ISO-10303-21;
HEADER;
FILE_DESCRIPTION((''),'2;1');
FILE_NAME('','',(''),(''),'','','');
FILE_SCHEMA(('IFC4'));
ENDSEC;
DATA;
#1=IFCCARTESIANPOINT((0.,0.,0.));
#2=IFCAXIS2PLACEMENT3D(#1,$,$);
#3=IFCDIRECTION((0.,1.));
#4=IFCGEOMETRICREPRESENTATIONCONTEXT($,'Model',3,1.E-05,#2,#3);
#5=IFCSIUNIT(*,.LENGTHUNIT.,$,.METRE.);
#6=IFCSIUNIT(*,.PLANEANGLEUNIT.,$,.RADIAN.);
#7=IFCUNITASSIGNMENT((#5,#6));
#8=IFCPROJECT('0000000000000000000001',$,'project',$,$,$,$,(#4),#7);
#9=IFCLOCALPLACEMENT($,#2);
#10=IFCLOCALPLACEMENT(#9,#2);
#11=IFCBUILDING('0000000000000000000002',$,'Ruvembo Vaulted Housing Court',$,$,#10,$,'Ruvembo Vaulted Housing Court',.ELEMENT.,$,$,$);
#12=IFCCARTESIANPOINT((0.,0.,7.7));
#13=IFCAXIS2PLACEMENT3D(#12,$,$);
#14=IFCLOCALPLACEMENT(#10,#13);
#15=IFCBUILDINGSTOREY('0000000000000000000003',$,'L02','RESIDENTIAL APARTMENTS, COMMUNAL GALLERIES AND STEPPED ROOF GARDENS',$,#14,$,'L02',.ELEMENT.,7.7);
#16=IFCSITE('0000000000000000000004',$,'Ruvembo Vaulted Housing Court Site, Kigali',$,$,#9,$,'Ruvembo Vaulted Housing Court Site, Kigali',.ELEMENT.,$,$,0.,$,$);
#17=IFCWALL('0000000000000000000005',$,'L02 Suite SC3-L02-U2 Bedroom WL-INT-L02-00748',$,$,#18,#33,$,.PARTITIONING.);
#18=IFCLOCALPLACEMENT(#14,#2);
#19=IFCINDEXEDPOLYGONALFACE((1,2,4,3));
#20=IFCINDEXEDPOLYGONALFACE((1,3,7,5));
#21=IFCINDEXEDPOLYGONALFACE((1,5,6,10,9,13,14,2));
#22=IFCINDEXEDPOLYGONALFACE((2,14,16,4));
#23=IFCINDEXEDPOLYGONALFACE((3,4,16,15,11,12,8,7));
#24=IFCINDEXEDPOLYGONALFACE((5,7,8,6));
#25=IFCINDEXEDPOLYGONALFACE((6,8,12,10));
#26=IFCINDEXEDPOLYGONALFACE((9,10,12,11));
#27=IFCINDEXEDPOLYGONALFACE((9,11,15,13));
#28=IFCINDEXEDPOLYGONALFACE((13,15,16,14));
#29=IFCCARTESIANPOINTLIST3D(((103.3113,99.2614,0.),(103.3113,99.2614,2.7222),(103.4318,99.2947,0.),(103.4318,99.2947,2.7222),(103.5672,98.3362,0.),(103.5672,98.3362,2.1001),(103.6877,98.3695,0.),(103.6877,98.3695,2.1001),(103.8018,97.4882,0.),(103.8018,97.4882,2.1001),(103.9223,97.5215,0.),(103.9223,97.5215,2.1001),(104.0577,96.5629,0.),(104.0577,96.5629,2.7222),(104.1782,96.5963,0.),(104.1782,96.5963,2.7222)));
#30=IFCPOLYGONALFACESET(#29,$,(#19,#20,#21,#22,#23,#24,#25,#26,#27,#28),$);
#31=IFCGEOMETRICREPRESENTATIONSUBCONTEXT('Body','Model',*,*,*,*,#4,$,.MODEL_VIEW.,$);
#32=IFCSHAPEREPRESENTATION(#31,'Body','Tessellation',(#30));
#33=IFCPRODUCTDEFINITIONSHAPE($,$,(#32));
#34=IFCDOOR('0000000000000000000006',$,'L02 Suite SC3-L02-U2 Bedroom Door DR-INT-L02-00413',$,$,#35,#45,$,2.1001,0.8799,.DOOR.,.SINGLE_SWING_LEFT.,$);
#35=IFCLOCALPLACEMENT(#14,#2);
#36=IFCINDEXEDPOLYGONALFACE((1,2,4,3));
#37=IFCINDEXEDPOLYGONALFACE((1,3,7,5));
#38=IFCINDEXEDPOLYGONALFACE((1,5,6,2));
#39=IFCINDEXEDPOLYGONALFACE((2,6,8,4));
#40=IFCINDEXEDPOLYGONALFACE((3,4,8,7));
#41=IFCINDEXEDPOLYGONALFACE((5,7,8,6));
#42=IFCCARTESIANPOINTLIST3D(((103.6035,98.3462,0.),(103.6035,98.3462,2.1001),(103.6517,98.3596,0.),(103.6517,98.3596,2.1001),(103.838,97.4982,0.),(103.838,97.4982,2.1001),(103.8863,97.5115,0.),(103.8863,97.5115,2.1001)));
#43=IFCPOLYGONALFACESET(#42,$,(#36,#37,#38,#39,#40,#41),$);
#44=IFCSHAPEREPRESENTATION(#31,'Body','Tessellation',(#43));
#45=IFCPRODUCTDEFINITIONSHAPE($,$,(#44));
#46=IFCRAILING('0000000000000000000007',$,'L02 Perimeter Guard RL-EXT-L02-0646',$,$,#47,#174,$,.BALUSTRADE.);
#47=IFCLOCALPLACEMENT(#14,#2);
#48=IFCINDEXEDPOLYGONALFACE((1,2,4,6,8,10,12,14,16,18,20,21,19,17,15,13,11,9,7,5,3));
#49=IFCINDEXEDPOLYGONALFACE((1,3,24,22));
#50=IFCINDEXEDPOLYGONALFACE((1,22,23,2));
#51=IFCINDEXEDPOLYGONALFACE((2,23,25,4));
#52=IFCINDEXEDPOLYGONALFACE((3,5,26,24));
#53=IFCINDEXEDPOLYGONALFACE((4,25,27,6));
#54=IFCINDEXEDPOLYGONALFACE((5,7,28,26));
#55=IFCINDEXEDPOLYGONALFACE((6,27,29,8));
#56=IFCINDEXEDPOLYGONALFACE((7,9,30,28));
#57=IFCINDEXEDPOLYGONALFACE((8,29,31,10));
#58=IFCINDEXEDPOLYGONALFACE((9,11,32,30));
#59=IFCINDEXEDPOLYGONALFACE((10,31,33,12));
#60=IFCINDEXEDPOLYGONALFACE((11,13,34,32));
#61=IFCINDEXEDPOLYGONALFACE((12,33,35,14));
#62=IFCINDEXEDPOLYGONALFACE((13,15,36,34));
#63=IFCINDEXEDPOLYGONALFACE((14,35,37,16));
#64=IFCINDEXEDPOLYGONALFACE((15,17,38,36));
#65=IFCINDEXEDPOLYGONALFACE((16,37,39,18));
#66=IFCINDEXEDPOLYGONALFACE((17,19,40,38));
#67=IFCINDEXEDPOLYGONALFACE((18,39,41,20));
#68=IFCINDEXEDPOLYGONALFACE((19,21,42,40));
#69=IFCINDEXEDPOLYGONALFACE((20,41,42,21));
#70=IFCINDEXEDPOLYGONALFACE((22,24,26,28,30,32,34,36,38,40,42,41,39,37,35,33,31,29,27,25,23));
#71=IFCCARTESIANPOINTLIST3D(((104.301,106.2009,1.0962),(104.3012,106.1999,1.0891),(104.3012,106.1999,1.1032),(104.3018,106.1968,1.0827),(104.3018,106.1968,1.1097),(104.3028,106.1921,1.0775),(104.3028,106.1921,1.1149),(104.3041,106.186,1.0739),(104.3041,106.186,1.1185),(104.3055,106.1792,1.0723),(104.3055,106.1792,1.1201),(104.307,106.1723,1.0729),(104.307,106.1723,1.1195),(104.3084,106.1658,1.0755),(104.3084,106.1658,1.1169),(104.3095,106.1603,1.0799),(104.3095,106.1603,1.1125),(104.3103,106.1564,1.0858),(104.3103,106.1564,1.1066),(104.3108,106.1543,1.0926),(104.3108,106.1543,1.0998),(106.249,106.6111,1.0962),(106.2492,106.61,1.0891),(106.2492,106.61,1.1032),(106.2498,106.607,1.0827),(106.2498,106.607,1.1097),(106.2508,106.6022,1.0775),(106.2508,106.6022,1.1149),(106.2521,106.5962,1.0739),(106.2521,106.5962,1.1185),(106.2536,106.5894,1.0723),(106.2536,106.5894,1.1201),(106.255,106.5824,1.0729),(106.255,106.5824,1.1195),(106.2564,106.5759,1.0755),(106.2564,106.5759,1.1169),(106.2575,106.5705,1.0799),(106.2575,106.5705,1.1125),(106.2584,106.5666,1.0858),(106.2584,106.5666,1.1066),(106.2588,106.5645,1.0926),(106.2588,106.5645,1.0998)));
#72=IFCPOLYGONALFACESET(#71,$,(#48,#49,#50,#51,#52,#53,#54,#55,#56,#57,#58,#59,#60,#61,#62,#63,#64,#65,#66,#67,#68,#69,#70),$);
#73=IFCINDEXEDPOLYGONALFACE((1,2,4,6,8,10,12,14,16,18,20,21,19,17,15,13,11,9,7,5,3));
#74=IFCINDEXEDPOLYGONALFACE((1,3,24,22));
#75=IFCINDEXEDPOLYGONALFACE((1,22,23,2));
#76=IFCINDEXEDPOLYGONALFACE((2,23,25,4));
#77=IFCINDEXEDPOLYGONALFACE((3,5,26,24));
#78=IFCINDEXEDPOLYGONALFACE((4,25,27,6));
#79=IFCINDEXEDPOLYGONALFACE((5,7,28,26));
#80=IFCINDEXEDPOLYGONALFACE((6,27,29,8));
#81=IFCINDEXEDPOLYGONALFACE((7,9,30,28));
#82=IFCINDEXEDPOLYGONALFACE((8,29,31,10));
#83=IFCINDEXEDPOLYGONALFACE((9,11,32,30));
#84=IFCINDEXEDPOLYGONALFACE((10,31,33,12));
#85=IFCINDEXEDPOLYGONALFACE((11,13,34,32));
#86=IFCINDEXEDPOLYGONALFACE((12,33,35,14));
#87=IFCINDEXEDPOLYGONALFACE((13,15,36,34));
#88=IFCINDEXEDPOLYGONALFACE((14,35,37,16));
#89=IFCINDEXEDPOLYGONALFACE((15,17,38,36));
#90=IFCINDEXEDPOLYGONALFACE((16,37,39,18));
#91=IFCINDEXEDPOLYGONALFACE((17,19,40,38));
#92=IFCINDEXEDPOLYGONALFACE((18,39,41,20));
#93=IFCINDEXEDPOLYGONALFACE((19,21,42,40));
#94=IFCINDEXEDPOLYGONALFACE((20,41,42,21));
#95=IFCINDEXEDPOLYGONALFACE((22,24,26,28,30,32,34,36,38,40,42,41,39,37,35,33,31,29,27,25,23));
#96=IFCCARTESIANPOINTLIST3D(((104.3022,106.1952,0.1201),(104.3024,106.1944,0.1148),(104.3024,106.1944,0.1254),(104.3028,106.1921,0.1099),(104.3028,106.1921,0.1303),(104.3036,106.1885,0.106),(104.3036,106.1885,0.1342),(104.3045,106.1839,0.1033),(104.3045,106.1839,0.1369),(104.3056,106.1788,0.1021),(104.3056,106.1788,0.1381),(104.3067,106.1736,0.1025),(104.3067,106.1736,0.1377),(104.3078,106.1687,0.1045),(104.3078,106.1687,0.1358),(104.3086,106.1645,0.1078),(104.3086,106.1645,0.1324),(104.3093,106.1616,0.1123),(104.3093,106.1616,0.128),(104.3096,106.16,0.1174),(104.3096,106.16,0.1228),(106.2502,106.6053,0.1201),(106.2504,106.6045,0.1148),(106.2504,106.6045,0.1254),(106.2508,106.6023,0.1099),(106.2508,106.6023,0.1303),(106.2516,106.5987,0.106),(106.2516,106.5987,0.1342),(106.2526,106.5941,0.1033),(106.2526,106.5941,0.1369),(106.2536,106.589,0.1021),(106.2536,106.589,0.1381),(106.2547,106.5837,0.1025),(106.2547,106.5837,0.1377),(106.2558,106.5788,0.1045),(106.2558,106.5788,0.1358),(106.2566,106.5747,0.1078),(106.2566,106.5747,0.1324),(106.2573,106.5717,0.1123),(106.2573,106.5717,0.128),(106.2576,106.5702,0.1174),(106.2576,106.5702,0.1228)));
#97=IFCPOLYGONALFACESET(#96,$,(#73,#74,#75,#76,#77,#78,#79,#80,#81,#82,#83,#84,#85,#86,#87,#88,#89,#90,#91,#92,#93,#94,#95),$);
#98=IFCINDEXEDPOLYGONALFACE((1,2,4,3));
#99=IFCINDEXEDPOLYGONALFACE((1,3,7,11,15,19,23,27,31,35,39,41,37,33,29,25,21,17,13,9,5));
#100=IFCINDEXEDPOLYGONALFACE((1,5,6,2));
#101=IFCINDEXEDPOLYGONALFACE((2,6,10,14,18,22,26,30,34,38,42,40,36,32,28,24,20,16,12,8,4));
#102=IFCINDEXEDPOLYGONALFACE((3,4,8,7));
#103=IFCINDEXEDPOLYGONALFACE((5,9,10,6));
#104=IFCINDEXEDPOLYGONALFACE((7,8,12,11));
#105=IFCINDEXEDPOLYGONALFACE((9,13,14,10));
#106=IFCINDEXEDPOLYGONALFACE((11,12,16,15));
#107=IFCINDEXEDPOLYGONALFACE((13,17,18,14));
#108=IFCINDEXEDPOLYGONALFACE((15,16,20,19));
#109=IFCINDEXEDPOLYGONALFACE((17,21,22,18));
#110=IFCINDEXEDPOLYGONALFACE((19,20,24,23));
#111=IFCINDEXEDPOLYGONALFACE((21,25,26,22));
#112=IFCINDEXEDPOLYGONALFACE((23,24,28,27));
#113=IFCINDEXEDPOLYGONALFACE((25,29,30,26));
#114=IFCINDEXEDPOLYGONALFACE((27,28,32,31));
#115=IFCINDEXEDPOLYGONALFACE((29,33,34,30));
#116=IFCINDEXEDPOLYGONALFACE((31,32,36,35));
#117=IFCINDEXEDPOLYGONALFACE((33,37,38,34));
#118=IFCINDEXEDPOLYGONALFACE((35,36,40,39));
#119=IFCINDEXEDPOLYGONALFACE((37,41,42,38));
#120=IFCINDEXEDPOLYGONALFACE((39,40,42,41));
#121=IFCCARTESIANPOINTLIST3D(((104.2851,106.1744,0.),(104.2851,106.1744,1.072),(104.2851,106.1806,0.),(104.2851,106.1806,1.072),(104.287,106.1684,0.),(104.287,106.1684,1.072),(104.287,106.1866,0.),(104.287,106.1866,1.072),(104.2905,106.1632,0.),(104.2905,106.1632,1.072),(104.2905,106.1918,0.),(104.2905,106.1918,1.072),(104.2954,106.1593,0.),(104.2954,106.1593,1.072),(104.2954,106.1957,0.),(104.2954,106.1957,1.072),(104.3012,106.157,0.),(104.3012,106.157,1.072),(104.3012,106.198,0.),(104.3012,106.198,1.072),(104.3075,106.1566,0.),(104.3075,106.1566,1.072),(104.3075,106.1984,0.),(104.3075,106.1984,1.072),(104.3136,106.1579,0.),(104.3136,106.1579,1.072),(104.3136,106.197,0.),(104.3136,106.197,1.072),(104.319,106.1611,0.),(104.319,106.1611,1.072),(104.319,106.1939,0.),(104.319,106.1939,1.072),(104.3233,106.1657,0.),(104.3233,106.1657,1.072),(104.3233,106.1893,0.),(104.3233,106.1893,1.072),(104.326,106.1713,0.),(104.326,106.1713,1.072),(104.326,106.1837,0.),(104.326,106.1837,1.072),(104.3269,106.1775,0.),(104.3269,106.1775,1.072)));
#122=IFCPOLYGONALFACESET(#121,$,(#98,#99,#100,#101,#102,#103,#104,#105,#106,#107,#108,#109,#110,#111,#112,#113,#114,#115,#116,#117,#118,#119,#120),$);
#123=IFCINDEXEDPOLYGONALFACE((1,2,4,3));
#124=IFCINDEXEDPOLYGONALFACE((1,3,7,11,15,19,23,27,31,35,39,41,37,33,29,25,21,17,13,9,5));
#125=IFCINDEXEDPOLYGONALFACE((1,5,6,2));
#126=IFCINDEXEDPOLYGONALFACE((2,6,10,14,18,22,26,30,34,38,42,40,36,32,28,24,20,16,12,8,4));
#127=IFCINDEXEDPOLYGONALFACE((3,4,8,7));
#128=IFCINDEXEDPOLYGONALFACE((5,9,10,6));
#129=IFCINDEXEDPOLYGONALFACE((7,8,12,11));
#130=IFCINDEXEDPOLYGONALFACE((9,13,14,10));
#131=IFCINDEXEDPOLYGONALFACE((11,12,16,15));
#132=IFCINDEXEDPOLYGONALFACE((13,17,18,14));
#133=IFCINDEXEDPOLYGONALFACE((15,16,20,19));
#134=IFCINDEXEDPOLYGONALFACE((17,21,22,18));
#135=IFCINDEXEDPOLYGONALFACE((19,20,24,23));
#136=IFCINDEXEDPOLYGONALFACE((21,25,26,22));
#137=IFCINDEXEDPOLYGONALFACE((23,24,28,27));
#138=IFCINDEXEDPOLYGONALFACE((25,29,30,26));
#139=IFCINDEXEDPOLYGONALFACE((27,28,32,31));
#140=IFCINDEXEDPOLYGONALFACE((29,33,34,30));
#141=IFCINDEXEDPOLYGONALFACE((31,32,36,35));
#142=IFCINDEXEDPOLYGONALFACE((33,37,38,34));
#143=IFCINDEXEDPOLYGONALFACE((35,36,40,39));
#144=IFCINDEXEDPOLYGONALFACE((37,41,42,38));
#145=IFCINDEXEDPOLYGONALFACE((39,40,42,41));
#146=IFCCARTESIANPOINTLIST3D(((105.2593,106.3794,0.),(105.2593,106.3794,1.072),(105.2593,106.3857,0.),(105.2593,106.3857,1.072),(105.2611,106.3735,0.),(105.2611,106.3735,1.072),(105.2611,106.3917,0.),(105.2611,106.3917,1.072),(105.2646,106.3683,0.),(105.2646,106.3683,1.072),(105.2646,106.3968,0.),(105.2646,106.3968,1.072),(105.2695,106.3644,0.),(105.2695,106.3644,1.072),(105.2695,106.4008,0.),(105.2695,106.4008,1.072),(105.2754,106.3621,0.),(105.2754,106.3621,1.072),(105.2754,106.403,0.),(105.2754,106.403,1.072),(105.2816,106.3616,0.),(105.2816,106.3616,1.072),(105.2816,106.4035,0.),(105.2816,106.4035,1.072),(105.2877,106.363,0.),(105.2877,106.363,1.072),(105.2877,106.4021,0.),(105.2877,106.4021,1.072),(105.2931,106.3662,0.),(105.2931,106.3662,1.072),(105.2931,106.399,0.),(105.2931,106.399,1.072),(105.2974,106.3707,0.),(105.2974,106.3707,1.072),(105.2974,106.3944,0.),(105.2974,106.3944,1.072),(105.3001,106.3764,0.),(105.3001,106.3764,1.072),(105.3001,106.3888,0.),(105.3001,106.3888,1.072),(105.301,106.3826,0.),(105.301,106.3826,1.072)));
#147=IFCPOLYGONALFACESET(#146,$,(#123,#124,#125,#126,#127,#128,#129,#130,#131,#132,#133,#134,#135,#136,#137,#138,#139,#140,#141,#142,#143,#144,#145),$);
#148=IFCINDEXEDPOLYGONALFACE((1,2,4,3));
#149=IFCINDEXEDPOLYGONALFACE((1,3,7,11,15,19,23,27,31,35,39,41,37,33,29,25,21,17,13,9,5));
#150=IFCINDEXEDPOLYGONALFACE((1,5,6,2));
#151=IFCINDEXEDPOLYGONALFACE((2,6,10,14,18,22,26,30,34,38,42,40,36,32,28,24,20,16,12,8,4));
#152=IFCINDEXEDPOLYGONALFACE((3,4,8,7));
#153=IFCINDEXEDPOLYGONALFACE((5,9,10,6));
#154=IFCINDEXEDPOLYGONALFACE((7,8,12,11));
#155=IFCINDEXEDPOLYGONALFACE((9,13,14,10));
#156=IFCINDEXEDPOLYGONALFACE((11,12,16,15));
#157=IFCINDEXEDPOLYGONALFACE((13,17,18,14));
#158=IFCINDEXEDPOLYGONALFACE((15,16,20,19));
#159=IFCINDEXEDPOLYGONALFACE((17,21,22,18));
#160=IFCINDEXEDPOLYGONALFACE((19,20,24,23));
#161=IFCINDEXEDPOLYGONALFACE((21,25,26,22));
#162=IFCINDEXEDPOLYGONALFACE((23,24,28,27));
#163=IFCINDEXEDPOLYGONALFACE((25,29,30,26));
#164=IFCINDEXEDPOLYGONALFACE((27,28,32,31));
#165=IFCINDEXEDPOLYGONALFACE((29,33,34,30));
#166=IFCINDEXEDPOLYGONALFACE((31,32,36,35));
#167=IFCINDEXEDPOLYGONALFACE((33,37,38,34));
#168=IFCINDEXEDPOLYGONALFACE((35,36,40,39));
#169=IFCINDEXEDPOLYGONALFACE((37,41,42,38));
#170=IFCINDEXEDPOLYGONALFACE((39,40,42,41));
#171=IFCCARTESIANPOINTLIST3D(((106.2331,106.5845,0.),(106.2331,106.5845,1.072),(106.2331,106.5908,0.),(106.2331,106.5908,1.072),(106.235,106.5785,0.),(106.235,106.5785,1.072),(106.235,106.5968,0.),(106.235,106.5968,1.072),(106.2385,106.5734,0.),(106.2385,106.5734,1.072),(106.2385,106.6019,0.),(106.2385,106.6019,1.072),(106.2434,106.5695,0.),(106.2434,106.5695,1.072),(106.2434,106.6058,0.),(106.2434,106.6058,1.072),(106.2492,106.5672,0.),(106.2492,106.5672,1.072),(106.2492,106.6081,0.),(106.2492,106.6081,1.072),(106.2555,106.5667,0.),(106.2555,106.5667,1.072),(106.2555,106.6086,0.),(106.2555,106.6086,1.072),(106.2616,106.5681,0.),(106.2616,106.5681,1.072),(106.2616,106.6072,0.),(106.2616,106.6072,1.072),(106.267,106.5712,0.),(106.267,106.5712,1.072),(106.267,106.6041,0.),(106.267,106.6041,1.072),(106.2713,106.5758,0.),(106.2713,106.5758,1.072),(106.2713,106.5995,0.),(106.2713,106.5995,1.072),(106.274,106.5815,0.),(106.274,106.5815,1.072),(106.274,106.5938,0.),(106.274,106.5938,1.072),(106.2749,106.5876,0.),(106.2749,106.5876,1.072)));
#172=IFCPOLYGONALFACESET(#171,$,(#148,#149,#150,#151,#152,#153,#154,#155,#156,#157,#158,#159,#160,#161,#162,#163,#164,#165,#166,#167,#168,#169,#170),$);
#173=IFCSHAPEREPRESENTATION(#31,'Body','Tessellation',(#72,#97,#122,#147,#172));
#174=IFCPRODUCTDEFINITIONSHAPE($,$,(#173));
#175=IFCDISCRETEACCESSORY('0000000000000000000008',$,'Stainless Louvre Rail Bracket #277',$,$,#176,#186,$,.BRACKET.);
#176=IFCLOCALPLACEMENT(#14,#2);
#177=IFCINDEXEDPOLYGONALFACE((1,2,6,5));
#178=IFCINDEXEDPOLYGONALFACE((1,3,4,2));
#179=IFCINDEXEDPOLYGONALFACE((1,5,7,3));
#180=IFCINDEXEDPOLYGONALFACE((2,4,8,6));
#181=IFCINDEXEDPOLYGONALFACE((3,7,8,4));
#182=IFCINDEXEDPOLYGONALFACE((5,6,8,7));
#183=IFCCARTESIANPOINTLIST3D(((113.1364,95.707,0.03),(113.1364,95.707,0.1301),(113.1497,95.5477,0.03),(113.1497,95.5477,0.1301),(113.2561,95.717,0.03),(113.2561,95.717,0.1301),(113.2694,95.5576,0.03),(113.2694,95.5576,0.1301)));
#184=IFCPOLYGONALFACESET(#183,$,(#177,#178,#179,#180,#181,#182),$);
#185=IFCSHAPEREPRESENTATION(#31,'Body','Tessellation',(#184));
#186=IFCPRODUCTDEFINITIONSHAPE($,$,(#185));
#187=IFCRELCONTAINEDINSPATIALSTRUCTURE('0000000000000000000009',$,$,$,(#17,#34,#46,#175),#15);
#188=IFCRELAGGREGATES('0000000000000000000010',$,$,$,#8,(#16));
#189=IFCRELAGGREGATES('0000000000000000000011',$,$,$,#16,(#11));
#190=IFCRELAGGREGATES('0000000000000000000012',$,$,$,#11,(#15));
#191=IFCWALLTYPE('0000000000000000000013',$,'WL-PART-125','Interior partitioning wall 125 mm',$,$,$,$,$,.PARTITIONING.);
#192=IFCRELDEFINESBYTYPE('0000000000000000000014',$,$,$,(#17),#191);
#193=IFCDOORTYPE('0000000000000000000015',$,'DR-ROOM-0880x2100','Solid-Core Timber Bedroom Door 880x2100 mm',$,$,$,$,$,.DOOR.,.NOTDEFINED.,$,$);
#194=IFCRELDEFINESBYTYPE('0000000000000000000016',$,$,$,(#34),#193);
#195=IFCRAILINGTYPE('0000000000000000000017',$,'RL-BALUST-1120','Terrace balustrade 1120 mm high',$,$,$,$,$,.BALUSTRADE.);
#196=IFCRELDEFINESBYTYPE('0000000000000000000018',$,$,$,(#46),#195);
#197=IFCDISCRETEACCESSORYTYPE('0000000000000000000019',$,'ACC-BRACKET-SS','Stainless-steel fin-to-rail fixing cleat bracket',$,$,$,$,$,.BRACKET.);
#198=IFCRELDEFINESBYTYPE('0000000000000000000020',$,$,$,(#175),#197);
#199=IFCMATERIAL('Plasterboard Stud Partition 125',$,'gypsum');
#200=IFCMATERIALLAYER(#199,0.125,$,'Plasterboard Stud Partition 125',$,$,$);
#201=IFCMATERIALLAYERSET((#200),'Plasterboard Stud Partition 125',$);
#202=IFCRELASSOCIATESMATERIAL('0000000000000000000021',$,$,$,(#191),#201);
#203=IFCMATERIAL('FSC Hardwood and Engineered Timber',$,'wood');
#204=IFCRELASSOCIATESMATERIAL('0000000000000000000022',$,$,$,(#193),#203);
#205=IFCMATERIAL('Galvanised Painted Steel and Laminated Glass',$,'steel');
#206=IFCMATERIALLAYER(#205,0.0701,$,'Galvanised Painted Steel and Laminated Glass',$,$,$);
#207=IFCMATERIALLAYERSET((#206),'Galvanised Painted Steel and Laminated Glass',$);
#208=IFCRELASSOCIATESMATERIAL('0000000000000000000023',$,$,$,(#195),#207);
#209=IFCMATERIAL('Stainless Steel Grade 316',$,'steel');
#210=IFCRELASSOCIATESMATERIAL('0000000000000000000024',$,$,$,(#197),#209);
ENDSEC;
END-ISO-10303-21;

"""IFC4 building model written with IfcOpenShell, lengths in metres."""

from ifc_helpers import new_model, si_unit, direction, frame, frame_2d, origin, origin_2d, place, context, subcontext, project, spatial, rectangle, circle, extrude, material, layer, layer_set, type_object, element, fill, save


model = new_model("IFC4")

# Units and contexts
model_context = context("Model", 3, precision=1e-05, world=origin(), true_north=direction((0.0, 1.0)))
body_context = subcontext(model_context, "Body", "Model", "MODEL_VIEW")
ifc_project = project(units=[si_unit("LENGTHUNIT", "METRE"), si_unit("PLANEANGLEUNIT", "RADIAN")], contexts=[model_context])

# Site, building, storey
site_placement = place(None, origin())
site = spatial("IfcSite", under=ifc_project, at=site_placement, Name="Ruvembo Vaulted Housing Court Site, Kigali", LongName="Ruvembo Vaulted Housing Court Site, Kigali", CompositionType="ELEMENT", RefElevation=0.0)
building_placement = place(site_placement, origin())
building = spatial("IfcBuilding", under=site, at=building_placement, Name="Ruvembo Vaulted Housing Court", LongName="Ruvembo Vaulted Housing Court", CompositionType="ELEMENT")
storey_placement = place(building_placement, frame((0.0, 0.0, 7.7)))
storey = spatial("IfcBuildingStorey", under=building, at=storey_placement, Name="L02", Description="RESIDENTIAL APARTMENTS, COMMUNAL GALLERIES AND STEPPED ROOF GARDENS", LongName="L02", CompositionType="ELEMENT", Elevation=7.7)

# Wall, opening, door
ifc_material_1 = material(Name="Plasterboard Stud Partition 125", Category="gypsum")
ifc_layer_1 = layer(ifc_material_1, 0.125, Name="Plasterboard Stud Partition 125")
ifc_layer_set_1 = layer_set([ifc_layer_1], Name="Plasterboard Stud Partition 125")
wall_type_1 = type_object("IfcWallType", Name="WL-PART-125", Description="Interior partitioning wall 125 mm", PredefinedType="PARTITIONING", material=ifc_layer_set_1)
wall_1_placement = place(storey_placement, frame((104.1179, 96.5796, 0.0), z_axis=(0.0, 0.0, 1.0), x_axis=(-0.266569, 0.963816, 0.0)))
wall_1 = element("IfcWall", 1, at=wall_1_placement, inside=storey, type_object=wall_type_1, Name="L02 Suite SC3-L02-U2 Bedroom WL-INT-L02-00748", PredefinedType="PARTITIONING", context=body_context, shape_type="SweptSolid", body=[
    extrude(rectangle(XDim=2.7998, YDim=0.125, at=frame_2d((1.3999, 0.0))), origin(), (0.0, 0.0, 1.0), 2.7222),
])
opening_1_placement = place(wall_1_placement, frame((0.96, 0.0, 0.0)))
opening_1 = element("IfcOpeningElement", 2, at=opening_1_placement, cuts=wall_1, PredefinedType="OPENING", context=body_context, shape_type="SweptSolid", body=[
    extrude(rectangle(XDim=0.8799, YDim=2.1001, at=frame_2d((0.4399, 1.05))), frame((0.0, 0.0725, 0.0), z_axis=(0.0, -1.0, 0.0), x_axis=(1.0, 0.0, 0.0)), (0.0, 0.0, 1.0), 0.145),
])
ifc_material_2 = material(Name="FSC Hardwood and Engineered Timber", Category="wood")
door_type_1 = type_object("IfcDoorType", Name="DR-ROOM-0880x2100", Description="Solid-Core Timber Bedroom Door 880x2100 mm", OperationType="NOTDEFINED", PredefinedType="DOOR", material=ifc_material_2)
door_1_placement = place(opening_1_placement, origin())
door_1 = element("IfcDoor", 3, at=door_1_placement, inside=storey, type_object=door_type_1, Name="L02 Suite SC3-L02-U2 Bedroom Door DR-INT-L02-00413", OperationType="SINGLE_SWING_LEFT", OverallHeight=2.1001, OverallWidth=0.8799, PredefinedType="DOOR", context=body_context, shape_type="SweptSolid", body=[
    extrude(rectangle(XDim=0.8799, YDim=2.1001, at=frame_2d((0.4399, 1.05))), frame((0.0, 0.0249, 0.0), z_axis=(0.0, -1.0, 0.0), x_axis=(1.0, 0.0, 0.0)), (0.0, 0.0, 1.0), 0.05),
])
fill(opening_1, door_1)

# Railing
ifc_material_3 = material(Name="Galvanised Painted Steel and Laminated Glass", Category="steel")
ifc_layer_2 = layer(ifc_material_3, 0.0701, Name="Galvanised Painted Steel and Laminated Glass")
ifc_layer_set_2 = layer_set([ifc_layer_2], Name="Galvanised Painted Steel and Laminated Glass")
railing_type = type_object("IfcRailingType", Name="RL-BALUST-1120", Description="Terrace balustrade 1120 mm high", PredefinedType="BALUSTRADE", material=ifc_layer_set_2)
railing_placement = place(storey_placement, frame((104.3059, 106.1775, 0.0)))
element("IfcRailing", 4, at=railing_placement, inside=storey, type_object=railing_type, Name="L02 Perimeter Guard RL-EXT-L02-0646", PredefinedType="BALUSTRADE", context=body_context, shape_type="SweptSolid", body=[
    extrude(circle(Radius=0.0239, at=origin_2d()), frame((0.0, 0.0, 1.0962), z_axis=(0.978545, 0.206035, 0.0), x_axis=(-0.206035, 0.978545, 0.0)), (0.0, 0.0, 1.0), 1.9907),
    extrude(circle(Radius=0.0181, at=origin_2d()), frame((0.0, 0.0, 0.1201), z_axis=(0.978545, 0.206035, 0.0), x_axis=(-0.206035, 0.978545, 0.0)), (0.0, 0.0, 1.0), 1.9907),
    extrude(circle(Radius=0.021, at=origin_2d()), origin(), (0.0, 0.0, 1.0), 1.072),
    extrude(circle(Radius=0.021, at=origin_2d()), frame((0.9741, 0.2051, 0.0)), (0.0, 0.0, 1.0), 1.072),
    extrude(circle(Radius=0.021, at=origin_2d()), frame((1.948, 0.4102, 0.0)), (0.0, 0.0, 1.0), 1.072),
])

# Discrete accessory
ifc_material_4 = material(Name="Stainless Steel Grade 316", Category="steel")
discrete_accessory_type = type_object("IfcDiscreteAccessoryType", Name="ACC-BRACKET-SS", Description="Stainless-steel fin-to-rail fixing cleat bracket", PredefinedType="BRACKET", material=ifc_material_4)
discrete_accessory_placement = place(storey_placement, frame((113.2029, 95.6323, 0.03), z_axis=(0.0, 0.0, 1.0), x_axis=(0.082895, -0.996558, 0.0)))
element("IfcDiscreteAccessory", 5, at=discrete_accessory_placement, inside=storey, type_object=discrete_accessory_type, Name="Stainless Louvre Rail Bracket #277", PredefinedType="BRACKET", context=body_context, shape_type="SweptSolid", body=[
    extrude(rectangle(XDim=0.1599, YDim=0.1201, at=origin_2d()), origin(), (0.0, 0.0, 1.0), 0.1001),
])

save(model, "model.ifc")
